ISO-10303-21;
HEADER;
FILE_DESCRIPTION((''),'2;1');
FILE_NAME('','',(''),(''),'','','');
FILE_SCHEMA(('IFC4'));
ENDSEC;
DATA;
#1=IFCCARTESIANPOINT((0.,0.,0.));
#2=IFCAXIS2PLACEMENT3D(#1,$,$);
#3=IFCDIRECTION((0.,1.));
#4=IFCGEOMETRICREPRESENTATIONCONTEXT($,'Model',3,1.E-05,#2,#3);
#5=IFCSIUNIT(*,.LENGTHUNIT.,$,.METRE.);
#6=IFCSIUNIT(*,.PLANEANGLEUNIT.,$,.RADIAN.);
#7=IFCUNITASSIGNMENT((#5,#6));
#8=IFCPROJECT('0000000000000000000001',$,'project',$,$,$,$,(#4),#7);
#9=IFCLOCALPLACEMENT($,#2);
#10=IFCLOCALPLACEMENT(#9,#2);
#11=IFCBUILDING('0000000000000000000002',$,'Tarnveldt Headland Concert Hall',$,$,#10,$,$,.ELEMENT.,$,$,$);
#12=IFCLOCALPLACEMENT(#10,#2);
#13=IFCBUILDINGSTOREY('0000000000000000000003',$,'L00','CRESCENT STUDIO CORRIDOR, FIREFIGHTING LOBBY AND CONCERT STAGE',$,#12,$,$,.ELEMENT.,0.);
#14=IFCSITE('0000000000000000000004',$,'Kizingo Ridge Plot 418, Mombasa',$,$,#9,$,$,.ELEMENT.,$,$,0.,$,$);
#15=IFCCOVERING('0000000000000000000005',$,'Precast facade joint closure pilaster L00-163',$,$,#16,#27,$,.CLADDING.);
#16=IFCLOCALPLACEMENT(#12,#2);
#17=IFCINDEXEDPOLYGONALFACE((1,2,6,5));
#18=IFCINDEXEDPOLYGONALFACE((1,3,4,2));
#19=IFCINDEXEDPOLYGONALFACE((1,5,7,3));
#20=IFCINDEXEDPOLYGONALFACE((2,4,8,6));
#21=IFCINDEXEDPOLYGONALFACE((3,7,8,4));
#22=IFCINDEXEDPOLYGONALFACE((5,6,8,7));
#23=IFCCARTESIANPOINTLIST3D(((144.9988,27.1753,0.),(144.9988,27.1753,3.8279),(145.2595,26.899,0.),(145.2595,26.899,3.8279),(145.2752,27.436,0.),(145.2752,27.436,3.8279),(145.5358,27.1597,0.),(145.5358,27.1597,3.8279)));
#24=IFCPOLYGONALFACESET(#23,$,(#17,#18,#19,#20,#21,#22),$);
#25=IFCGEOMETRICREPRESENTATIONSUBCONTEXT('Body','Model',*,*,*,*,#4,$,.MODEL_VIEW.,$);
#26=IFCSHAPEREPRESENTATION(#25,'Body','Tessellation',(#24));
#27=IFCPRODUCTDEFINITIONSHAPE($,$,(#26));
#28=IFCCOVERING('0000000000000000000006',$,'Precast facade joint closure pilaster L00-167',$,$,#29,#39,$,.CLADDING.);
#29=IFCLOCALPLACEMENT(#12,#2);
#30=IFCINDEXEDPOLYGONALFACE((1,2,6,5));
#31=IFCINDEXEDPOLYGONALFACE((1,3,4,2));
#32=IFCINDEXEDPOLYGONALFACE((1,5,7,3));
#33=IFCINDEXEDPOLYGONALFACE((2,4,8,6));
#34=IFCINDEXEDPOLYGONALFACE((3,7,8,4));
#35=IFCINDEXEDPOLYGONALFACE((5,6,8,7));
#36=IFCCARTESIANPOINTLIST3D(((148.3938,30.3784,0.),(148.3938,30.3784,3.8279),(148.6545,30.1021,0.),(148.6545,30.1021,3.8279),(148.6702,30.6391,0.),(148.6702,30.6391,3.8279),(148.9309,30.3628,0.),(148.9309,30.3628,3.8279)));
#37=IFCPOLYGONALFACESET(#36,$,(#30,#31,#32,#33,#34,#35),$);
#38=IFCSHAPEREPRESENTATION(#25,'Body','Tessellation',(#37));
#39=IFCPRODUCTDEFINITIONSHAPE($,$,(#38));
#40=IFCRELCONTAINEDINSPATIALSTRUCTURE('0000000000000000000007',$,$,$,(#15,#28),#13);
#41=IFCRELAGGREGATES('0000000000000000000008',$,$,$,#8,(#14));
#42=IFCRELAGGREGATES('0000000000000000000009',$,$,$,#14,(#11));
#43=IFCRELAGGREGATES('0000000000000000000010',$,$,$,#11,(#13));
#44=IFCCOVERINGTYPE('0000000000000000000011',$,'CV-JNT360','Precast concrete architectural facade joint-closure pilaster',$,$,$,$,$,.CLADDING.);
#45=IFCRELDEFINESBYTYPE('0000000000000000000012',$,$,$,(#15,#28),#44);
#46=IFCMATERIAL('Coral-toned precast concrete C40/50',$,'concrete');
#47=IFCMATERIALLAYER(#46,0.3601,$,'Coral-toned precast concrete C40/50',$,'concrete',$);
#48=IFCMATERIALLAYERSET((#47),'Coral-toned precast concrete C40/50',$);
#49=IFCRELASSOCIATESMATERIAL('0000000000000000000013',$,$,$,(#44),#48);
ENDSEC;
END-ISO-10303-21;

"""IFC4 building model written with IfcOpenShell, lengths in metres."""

from ifc_helpers import new_model, si_unit, direction, frame, origin, origin_2d, place, context, subcontext, project, spatial, rectangle, extrude, material, layer, layer_set, type_object, element, save


model = new_model("IFC4")

# Units and contexts
model_context = context("Model", 3, precision=1e-05, world=origin(), true_north=direction((0.0, 1.0)))
body_context = subcontext(model_context, "Body", "Model", "MODEL_VIEW")
ifc_project = project(units=[si_unit("LENGTHUNIT", "METRE"), si_unit("PLANEANGLEUNIT", "RADIAN")], contexts=[model_context])

# Site, building, storey
site_placement = place(None, origin())
site = spatial("IfcSite", under=ifc_project, at=site_placement, Name="Kizingo Ridge Plot 418, Mombasa", CompositionType="ELEMENT", RefElevation=0.0)
building_placement = place(site_placement, origin())
building = spatial("IfcBuilding", under=site, at=building_placement, Name="Tarnveldt Headland Concert Hall", CompositionType="ELEMENT")
storey_placement = place(building_placement, origin())
storey = spatial("IfcBuildingStorey", under=building, at=storey_placement, Name="L00", Description="CRESCENT STUDIO CORRIDOR, FIREFIGHTING LOBBY AND CONCERT STAGE", CompositionType="ELEMENT", Elevation=0.0)

# Shared definitions
ifc_material_1 = material(Name="Coral-toned precast concrete C40/50", Category="concrete")

# Coverings
ifc_layer_1 = layer(ifc_material_1, 0.3601, Name="Coral-toned precast concrete C40/50", Category="concrete")
ifc_layer_set_1 = layer_set([ifc_layer_1], Name="Coral-toned precast concrete C40/50")
covering_type = type_object("IfcCoveringType", Name="CV-JNT360", Description="Precast concrete architectural facade joint-closure pilaster", PredefinedType="CLADDING", material=ifc_layer_set_1)
for number, where, z_axis, x_axis, name in (
    (1, (145.2673, 27.1675, 0.0), (0.0, 0.0, 1.0), (0.727414, 0.686199, 0.0), "Precast facade joint closure pilaster L00-163"),
    (2, (148.6624, 30.3706, 0.0), (0.0, 0.0, 1.0), (0.727414, 0.686199, 0.0), "Precast facade joint closure pilaster L00-167"),
):
    element("IfcCovering", number, at=place(storey_placement, frame(where, z_axis=z_axis, x_axis=x_axis)), inside=storey, type_object=covering_type, Name=name, PredefinedType="CLADDING", context=body_context, shape_type="SweptSolid", body=[
        extrude(rectangle(XDim=0.3799, YDim=0.3799, at=origin_2d()), origin(), (0.0, 0.0, 1.0), 3.8279),
    ])

save(model, "model.ifc")
